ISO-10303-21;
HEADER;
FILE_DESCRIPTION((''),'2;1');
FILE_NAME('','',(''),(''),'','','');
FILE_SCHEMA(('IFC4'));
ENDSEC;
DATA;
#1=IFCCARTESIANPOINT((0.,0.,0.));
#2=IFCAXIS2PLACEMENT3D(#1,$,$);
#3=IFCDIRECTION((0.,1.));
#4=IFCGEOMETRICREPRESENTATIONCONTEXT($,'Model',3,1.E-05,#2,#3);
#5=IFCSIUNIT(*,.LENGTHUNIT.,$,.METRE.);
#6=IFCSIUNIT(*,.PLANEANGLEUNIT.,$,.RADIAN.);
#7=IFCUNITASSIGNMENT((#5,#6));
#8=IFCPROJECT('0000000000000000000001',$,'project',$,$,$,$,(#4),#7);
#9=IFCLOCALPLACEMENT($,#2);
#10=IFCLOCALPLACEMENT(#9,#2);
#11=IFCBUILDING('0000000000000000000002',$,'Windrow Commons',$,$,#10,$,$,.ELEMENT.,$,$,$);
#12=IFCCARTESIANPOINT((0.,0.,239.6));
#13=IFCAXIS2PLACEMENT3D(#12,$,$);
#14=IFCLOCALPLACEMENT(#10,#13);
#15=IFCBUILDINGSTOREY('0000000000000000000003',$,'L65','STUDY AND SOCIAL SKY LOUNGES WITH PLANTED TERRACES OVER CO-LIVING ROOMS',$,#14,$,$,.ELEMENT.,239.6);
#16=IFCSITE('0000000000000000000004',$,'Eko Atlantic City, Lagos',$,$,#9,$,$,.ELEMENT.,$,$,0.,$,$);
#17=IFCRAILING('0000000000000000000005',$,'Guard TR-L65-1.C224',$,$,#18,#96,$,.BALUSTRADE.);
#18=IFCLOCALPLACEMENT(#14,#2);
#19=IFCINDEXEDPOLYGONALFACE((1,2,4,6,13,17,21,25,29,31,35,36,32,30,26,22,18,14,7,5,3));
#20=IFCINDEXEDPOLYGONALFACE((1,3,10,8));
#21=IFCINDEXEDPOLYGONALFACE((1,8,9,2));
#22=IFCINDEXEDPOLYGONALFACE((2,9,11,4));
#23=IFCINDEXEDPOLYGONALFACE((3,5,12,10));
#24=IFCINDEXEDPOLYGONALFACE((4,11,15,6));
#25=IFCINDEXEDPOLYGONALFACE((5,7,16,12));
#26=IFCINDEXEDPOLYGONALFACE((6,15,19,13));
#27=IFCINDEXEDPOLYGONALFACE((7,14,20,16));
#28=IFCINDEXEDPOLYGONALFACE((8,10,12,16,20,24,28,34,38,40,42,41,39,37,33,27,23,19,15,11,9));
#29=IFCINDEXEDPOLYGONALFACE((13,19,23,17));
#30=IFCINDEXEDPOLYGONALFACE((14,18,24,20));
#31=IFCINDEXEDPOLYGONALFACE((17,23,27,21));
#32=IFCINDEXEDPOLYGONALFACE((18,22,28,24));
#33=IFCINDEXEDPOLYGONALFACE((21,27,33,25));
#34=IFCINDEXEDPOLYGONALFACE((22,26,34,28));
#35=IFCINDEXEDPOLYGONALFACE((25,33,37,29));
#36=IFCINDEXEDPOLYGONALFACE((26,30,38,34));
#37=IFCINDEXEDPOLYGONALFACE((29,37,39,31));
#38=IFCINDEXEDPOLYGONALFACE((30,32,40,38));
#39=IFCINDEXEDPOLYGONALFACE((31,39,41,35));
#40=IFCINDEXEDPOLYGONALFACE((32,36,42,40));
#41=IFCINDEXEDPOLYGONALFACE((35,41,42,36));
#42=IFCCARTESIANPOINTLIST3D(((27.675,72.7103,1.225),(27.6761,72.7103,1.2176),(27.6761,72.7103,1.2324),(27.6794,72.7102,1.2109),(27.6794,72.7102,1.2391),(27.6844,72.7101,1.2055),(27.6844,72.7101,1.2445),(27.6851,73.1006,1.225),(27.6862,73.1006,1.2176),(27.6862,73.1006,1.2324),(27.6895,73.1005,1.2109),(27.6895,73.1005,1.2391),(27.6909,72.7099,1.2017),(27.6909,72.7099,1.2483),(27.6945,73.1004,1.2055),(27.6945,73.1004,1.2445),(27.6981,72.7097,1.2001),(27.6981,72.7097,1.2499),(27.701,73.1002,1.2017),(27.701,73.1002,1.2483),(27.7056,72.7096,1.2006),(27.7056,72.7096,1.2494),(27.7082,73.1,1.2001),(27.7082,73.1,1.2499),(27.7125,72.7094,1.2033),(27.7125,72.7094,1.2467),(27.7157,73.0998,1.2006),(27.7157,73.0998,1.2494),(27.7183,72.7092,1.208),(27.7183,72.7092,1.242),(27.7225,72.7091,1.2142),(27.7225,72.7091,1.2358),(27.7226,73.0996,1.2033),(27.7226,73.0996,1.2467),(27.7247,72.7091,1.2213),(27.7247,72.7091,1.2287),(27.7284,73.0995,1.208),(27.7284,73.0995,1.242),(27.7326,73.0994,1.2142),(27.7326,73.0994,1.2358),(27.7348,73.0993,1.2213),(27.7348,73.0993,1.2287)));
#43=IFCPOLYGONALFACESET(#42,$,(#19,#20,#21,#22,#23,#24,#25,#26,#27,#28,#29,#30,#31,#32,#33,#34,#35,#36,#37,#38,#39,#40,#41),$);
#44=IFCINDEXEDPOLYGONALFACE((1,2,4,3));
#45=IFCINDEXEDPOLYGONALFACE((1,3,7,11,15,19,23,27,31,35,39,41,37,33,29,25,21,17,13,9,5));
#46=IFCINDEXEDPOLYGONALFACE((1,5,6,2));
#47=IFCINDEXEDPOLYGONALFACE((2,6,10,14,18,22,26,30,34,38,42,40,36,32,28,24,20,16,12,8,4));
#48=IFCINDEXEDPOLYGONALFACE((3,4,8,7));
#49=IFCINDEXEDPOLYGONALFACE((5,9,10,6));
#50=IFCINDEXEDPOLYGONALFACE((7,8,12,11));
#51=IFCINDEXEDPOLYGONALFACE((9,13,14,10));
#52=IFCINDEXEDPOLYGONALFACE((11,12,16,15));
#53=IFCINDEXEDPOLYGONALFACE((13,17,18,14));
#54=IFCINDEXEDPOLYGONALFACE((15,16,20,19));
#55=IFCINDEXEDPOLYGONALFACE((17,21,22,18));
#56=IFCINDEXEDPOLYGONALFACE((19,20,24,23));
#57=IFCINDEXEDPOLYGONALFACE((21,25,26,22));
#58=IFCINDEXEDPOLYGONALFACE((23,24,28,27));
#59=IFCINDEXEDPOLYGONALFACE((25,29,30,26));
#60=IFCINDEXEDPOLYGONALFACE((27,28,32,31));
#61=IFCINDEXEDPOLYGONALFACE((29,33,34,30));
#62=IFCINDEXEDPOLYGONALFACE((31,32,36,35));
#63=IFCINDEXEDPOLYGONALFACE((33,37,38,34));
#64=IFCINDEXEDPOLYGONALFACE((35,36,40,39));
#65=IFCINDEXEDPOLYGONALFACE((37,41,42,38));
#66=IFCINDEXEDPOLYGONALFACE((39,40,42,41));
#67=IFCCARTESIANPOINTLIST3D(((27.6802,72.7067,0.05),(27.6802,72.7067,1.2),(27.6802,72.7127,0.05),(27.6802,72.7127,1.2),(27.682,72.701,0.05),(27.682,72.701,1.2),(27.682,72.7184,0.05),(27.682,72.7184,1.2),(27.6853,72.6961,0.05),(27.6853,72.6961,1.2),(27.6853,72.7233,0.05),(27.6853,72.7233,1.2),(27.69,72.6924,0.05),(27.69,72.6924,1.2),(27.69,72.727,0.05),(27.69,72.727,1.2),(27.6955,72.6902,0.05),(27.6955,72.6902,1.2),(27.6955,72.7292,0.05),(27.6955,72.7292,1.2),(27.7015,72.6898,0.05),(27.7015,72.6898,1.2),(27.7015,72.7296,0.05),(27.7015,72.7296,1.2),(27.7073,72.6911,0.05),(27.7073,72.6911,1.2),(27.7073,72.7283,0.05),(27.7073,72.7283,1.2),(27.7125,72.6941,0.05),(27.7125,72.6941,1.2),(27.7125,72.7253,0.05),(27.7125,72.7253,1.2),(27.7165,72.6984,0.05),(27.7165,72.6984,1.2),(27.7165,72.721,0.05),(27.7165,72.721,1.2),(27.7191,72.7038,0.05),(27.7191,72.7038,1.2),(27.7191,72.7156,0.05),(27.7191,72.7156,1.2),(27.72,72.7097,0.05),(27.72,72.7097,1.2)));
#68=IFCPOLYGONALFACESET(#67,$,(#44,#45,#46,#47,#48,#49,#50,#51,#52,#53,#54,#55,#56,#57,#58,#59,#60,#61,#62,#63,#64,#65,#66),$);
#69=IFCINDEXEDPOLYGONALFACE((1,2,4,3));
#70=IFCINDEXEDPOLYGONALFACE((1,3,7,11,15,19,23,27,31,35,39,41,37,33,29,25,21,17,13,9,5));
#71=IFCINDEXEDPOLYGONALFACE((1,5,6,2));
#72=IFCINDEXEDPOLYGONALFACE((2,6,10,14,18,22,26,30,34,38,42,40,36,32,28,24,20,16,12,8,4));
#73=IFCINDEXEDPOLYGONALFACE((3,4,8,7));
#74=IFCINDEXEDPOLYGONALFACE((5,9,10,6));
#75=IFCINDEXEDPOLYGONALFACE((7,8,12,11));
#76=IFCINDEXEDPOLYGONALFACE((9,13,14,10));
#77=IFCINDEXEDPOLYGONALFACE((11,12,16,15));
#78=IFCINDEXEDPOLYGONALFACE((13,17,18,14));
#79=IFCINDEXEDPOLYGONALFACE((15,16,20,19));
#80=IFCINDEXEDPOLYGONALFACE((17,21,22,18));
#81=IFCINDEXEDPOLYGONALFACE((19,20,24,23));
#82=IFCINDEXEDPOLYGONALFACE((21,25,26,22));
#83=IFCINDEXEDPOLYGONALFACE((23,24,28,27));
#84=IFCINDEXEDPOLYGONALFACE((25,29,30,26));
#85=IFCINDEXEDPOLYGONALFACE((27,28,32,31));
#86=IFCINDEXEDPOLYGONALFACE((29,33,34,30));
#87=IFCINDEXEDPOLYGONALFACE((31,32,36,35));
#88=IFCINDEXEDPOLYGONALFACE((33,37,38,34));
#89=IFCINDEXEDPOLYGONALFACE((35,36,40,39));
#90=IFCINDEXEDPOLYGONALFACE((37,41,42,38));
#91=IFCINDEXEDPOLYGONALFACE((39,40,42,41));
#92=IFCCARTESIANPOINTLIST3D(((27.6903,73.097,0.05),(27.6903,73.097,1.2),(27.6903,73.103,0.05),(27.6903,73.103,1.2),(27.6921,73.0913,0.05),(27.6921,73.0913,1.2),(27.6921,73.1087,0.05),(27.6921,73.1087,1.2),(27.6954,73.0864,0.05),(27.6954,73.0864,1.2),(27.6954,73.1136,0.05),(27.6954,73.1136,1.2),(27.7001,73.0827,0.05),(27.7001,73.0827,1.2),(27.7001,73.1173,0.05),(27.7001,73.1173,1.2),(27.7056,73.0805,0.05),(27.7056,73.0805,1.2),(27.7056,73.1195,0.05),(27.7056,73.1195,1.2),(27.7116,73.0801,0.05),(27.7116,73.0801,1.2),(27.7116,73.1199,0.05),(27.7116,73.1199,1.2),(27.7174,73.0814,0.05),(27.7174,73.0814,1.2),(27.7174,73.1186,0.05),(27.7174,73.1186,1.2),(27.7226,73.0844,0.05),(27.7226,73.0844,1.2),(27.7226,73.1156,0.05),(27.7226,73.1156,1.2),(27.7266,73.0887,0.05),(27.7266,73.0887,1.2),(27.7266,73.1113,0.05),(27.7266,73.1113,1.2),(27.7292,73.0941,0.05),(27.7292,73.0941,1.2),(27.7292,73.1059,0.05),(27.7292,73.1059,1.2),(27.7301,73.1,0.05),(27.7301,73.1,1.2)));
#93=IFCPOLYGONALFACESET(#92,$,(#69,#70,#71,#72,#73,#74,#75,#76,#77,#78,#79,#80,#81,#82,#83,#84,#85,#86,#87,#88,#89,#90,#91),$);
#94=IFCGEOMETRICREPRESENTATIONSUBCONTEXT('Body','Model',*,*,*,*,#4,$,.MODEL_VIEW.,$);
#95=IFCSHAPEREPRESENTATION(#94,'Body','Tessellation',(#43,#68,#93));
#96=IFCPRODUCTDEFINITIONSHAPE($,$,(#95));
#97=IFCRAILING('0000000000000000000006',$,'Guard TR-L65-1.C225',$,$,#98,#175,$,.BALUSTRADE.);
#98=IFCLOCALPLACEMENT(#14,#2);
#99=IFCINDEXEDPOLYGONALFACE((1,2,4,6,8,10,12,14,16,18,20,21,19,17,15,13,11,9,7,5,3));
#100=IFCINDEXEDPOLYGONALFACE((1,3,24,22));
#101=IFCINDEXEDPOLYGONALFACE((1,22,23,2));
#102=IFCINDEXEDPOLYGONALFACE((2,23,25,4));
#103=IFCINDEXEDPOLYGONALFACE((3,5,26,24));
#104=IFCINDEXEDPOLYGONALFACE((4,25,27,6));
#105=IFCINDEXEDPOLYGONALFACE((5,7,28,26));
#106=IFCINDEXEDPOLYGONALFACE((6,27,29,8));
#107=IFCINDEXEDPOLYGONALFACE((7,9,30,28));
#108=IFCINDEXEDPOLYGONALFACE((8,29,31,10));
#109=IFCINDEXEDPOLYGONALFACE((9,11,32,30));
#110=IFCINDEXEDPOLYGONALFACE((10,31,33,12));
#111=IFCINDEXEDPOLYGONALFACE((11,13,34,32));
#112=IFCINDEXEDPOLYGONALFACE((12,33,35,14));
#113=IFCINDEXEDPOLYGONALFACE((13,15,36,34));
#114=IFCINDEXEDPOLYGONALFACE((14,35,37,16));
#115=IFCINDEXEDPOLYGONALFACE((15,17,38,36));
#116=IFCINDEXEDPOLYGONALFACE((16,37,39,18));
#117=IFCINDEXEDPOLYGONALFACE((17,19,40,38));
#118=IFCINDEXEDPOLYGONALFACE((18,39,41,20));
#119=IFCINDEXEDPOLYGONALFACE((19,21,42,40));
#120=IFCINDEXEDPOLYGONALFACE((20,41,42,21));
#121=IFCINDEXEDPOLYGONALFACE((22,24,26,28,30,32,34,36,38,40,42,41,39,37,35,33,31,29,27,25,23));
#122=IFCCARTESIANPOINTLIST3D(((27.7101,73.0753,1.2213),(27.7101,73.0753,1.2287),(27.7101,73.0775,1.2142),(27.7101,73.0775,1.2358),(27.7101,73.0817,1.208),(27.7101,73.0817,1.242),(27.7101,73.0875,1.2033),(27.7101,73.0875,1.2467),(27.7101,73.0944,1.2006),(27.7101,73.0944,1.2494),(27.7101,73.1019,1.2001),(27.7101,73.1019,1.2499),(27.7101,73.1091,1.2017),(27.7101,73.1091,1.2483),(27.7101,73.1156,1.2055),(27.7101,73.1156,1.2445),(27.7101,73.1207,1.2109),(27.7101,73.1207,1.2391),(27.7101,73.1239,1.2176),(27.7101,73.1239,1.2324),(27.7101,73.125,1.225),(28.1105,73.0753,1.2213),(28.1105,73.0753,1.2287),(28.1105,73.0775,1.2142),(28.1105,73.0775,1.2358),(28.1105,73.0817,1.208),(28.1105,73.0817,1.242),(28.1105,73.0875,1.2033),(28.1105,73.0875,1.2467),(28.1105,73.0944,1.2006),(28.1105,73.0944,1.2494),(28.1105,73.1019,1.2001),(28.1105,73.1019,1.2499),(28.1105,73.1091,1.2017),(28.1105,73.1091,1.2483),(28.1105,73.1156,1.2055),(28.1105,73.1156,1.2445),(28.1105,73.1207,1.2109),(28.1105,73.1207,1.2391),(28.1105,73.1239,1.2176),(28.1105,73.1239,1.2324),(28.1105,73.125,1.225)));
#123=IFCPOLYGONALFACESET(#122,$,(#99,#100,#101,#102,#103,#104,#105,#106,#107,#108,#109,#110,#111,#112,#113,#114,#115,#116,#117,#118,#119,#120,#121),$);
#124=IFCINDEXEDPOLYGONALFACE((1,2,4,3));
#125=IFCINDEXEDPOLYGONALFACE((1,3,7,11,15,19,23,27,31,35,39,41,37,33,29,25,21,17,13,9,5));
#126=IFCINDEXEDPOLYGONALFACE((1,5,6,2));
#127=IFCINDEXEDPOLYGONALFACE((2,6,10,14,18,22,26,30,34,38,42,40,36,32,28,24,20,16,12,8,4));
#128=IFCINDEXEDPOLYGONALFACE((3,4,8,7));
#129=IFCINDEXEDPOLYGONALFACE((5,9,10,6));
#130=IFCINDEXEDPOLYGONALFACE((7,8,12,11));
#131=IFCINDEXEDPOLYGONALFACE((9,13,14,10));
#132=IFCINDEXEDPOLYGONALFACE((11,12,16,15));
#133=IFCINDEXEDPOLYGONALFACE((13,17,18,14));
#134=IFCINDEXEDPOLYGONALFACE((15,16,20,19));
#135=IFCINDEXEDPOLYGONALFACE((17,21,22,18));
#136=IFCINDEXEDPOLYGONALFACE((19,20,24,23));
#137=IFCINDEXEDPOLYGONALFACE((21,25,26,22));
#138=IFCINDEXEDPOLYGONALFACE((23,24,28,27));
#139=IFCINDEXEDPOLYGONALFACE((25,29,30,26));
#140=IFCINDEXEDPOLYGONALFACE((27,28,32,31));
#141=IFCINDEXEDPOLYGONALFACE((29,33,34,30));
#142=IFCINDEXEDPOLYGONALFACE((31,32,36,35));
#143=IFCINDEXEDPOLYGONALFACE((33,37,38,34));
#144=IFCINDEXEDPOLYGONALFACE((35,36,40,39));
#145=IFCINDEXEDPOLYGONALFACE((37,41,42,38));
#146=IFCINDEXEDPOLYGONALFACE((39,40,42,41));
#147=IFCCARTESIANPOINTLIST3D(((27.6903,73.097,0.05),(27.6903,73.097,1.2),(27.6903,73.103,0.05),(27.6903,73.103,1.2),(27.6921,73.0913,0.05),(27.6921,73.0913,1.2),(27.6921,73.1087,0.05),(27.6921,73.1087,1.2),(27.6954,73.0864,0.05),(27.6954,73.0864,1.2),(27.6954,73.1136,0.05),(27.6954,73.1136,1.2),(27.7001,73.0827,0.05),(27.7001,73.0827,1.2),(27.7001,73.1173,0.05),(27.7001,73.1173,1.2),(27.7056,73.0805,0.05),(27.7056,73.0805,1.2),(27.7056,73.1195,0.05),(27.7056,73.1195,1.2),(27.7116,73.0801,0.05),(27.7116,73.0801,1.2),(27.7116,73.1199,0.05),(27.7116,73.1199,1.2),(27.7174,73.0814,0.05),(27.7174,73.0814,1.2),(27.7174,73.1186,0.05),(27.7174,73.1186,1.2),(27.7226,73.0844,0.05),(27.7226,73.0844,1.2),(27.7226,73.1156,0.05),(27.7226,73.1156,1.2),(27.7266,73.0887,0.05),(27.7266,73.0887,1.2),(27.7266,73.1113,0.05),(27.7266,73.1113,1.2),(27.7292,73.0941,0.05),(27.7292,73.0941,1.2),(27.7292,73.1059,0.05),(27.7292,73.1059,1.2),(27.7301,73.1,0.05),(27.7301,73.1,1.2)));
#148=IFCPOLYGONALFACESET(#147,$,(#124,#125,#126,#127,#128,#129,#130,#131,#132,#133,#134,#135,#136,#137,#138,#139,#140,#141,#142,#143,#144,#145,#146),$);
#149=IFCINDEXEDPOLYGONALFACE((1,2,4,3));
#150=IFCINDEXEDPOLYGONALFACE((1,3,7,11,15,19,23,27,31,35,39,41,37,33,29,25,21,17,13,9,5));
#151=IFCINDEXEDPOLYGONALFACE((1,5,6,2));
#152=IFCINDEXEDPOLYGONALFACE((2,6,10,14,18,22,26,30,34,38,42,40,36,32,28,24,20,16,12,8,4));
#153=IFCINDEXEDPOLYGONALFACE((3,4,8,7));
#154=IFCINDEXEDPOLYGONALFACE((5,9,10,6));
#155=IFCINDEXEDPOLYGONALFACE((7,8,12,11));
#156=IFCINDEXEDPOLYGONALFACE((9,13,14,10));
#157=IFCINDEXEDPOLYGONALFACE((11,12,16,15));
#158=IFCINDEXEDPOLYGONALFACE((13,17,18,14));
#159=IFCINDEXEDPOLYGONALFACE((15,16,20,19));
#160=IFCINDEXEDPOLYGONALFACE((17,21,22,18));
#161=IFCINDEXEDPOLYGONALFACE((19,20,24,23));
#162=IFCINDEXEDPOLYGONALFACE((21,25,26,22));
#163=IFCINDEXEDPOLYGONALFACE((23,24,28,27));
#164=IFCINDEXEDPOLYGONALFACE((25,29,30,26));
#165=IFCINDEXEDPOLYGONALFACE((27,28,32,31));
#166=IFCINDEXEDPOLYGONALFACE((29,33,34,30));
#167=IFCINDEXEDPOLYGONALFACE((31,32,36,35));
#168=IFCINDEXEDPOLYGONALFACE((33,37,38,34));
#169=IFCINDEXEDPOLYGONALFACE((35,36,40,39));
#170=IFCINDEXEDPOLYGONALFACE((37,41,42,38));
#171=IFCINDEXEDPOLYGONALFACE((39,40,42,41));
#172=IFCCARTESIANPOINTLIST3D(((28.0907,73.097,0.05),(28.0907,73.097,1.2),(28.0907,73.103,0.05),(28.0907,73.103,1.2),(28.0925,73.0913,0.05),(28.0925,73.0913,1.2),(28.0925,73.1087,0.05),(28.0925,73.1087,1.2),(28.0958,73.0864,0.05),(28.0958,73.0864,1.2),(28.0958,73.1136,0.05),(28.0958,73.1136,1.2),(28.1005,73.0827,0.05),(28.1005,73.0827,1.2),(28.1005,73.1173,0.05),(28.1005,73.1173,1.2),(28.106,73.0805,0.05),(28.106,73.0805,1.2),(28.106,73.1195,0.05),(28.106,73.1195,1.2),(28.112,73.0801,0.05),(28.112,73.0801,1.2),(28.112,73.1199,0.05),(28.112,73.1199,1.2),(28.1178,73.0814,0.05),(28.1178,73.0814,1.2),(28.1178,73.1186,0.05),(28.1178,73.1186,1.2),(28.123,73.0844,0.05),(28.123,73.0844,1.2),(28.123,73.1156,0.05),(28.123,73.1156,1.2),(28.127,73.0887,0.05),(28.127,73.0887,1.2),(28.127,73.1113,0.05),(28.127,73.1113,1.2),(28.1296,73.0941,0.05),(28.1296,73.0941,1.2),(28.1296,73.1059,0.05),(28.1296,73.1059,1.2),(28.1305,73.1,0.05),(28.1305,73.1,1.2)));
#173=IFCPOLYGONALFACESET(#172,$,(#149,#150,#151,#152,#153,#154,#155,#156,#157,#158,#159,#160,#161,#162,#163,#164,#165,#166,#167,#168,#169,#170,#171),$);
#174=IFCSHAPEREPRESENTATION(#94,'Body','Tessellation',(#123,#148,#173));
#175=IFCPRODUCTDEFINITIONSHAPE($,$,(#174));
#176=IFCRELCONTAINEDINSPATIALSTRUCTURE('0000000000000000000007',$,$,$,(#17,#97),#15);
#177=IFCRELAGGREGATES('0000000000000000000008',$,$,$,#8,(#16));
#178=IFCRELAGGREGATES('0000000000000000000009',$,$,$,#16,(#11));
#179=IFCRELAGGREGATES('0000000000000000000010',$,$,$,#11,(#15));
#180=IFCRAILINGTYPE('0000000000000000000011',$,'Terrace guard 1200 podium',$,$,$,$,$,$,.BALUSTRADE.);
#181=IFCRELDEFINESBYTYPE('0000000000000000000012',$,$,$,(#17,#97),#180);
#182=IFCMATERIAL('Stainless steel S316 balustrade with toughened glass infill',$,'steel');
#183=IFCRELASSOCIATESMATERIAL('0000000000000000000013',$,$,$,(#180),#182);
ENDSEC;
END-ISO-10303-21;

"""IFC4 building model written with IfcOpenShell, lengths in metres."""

from ifc_helpers import new_model, si_unit, direction, frame, origin, origin_2d, place, context, subcontext, project, spatial, circle, extrude, material, type_object, element, save


model = new_model("IFC4")

# Units and contexts
model_context = context("Model", 3, precision=1e-05, world=origin(), true_north=direction((0.0, 1.0)))
body_context = subcontext(model_context, "Body", "Model", "MODEL_VIEW")
ifc_project = project(units=[si_unit("LENGTHUNIT", "METRE"), si_unit("PLANEANGLEUNIT", "RADIAN")], contexts=[model_context])

# Site, building, storey
site_placement = place(None, origin())
site = spatial("IfcSite", under=ifc_project, at=site_placement, Name="Eko Atlantic City, Lagos", CompositionType="ELEMENT", RefElevation=0.0)
building_placement = place(site_placement, origin())
building = spatial("IfcBuilding", under=site, at=building_placement, Name="Windrow Commons", CompositionType="ELEMENT")
storey_placement = place(building_placement, frame((0.0, 0.0, 239.6)))
storey = spatial("IfcBuildingStorey", under=building, at=storey_placement, Name="L65", Description="STUDY AND SOCIAL SKY LOUNGES WITH PLANTED TERRACES OVER CO-LIVING ROOMS", CompositionType="ELEMENT", Elevation=239.6)

# Railings
ifc_material_1 = material(Name="Stainless steel S316 balustrade with toughened glass infill", Category="steel")
railing_type = type_object("IfcRailingType", Name="Terrace guard 1200 podium", PredefinedType="BALUSTRADE", material=ifc_material_1)
railing_1_placement = place(storey_placement, frame((27.7, 72.7097, 0.05)))
element("IfcRailing", 1, at=railing_1_placement, inside=storey, type_object=railing_type, Name="Guard TR-L65-1.C224", PredefinedType="BALUSTRADE", context=body_context, shape_type="SweptSolid", body=[
    extrude(circle(Radius=0.025, at=origin_2d()), frame((0.0, 0.0, 1.175), z_axis=(0.025869, 0.999665, 0.0), x_axis=(-0.999665, 0.025869, 0.0)), (0.0, 0.0, 1.0), 0.3904),
    extrude(circle(Radius=0.02, at=origin_2d()), origin(), (0.0, 0.0, 1.0), 1.15),
    extrude(circle(Radius=0.02, at=origin_2d()), frame((0.0101, 0.3903, 0.0)), (0.0, 0.0, 1.0), 1.15),
])
railing_2_placement = place(storey_placement, frame((27.7101, 73.1, 0.05)))
element("IfcRailing", 2, at=railing_2_placement, inside=storey, type_object=railing_type, Name="Guard TR-L65-1.C225", PredefinedType="BALUSTRADE", context=body_context, shape_type="SweptSolid", body=[
    extrude(circle(Radius=0.025, at=origin_2d()), frame((0.0, 0.0, 1.175), z_axis=(1.0, 0.0, 0.0), x_axis=(0.0, 1.0, 0.0)), (0.0, 0.0, 1.0), 0.4004),
    extrude(circle(Radius=0.02, at=origin_2d()), origin(), (0.0, 0.0, 1.0), 1.15),
    extrude(circle(Radius=0.02, at=origin_2d()), frame((0.4004, 0.0, 0.0)), (0.0, 0.0, 1.0), 1.15),
])

save(model, "model.ifc")
